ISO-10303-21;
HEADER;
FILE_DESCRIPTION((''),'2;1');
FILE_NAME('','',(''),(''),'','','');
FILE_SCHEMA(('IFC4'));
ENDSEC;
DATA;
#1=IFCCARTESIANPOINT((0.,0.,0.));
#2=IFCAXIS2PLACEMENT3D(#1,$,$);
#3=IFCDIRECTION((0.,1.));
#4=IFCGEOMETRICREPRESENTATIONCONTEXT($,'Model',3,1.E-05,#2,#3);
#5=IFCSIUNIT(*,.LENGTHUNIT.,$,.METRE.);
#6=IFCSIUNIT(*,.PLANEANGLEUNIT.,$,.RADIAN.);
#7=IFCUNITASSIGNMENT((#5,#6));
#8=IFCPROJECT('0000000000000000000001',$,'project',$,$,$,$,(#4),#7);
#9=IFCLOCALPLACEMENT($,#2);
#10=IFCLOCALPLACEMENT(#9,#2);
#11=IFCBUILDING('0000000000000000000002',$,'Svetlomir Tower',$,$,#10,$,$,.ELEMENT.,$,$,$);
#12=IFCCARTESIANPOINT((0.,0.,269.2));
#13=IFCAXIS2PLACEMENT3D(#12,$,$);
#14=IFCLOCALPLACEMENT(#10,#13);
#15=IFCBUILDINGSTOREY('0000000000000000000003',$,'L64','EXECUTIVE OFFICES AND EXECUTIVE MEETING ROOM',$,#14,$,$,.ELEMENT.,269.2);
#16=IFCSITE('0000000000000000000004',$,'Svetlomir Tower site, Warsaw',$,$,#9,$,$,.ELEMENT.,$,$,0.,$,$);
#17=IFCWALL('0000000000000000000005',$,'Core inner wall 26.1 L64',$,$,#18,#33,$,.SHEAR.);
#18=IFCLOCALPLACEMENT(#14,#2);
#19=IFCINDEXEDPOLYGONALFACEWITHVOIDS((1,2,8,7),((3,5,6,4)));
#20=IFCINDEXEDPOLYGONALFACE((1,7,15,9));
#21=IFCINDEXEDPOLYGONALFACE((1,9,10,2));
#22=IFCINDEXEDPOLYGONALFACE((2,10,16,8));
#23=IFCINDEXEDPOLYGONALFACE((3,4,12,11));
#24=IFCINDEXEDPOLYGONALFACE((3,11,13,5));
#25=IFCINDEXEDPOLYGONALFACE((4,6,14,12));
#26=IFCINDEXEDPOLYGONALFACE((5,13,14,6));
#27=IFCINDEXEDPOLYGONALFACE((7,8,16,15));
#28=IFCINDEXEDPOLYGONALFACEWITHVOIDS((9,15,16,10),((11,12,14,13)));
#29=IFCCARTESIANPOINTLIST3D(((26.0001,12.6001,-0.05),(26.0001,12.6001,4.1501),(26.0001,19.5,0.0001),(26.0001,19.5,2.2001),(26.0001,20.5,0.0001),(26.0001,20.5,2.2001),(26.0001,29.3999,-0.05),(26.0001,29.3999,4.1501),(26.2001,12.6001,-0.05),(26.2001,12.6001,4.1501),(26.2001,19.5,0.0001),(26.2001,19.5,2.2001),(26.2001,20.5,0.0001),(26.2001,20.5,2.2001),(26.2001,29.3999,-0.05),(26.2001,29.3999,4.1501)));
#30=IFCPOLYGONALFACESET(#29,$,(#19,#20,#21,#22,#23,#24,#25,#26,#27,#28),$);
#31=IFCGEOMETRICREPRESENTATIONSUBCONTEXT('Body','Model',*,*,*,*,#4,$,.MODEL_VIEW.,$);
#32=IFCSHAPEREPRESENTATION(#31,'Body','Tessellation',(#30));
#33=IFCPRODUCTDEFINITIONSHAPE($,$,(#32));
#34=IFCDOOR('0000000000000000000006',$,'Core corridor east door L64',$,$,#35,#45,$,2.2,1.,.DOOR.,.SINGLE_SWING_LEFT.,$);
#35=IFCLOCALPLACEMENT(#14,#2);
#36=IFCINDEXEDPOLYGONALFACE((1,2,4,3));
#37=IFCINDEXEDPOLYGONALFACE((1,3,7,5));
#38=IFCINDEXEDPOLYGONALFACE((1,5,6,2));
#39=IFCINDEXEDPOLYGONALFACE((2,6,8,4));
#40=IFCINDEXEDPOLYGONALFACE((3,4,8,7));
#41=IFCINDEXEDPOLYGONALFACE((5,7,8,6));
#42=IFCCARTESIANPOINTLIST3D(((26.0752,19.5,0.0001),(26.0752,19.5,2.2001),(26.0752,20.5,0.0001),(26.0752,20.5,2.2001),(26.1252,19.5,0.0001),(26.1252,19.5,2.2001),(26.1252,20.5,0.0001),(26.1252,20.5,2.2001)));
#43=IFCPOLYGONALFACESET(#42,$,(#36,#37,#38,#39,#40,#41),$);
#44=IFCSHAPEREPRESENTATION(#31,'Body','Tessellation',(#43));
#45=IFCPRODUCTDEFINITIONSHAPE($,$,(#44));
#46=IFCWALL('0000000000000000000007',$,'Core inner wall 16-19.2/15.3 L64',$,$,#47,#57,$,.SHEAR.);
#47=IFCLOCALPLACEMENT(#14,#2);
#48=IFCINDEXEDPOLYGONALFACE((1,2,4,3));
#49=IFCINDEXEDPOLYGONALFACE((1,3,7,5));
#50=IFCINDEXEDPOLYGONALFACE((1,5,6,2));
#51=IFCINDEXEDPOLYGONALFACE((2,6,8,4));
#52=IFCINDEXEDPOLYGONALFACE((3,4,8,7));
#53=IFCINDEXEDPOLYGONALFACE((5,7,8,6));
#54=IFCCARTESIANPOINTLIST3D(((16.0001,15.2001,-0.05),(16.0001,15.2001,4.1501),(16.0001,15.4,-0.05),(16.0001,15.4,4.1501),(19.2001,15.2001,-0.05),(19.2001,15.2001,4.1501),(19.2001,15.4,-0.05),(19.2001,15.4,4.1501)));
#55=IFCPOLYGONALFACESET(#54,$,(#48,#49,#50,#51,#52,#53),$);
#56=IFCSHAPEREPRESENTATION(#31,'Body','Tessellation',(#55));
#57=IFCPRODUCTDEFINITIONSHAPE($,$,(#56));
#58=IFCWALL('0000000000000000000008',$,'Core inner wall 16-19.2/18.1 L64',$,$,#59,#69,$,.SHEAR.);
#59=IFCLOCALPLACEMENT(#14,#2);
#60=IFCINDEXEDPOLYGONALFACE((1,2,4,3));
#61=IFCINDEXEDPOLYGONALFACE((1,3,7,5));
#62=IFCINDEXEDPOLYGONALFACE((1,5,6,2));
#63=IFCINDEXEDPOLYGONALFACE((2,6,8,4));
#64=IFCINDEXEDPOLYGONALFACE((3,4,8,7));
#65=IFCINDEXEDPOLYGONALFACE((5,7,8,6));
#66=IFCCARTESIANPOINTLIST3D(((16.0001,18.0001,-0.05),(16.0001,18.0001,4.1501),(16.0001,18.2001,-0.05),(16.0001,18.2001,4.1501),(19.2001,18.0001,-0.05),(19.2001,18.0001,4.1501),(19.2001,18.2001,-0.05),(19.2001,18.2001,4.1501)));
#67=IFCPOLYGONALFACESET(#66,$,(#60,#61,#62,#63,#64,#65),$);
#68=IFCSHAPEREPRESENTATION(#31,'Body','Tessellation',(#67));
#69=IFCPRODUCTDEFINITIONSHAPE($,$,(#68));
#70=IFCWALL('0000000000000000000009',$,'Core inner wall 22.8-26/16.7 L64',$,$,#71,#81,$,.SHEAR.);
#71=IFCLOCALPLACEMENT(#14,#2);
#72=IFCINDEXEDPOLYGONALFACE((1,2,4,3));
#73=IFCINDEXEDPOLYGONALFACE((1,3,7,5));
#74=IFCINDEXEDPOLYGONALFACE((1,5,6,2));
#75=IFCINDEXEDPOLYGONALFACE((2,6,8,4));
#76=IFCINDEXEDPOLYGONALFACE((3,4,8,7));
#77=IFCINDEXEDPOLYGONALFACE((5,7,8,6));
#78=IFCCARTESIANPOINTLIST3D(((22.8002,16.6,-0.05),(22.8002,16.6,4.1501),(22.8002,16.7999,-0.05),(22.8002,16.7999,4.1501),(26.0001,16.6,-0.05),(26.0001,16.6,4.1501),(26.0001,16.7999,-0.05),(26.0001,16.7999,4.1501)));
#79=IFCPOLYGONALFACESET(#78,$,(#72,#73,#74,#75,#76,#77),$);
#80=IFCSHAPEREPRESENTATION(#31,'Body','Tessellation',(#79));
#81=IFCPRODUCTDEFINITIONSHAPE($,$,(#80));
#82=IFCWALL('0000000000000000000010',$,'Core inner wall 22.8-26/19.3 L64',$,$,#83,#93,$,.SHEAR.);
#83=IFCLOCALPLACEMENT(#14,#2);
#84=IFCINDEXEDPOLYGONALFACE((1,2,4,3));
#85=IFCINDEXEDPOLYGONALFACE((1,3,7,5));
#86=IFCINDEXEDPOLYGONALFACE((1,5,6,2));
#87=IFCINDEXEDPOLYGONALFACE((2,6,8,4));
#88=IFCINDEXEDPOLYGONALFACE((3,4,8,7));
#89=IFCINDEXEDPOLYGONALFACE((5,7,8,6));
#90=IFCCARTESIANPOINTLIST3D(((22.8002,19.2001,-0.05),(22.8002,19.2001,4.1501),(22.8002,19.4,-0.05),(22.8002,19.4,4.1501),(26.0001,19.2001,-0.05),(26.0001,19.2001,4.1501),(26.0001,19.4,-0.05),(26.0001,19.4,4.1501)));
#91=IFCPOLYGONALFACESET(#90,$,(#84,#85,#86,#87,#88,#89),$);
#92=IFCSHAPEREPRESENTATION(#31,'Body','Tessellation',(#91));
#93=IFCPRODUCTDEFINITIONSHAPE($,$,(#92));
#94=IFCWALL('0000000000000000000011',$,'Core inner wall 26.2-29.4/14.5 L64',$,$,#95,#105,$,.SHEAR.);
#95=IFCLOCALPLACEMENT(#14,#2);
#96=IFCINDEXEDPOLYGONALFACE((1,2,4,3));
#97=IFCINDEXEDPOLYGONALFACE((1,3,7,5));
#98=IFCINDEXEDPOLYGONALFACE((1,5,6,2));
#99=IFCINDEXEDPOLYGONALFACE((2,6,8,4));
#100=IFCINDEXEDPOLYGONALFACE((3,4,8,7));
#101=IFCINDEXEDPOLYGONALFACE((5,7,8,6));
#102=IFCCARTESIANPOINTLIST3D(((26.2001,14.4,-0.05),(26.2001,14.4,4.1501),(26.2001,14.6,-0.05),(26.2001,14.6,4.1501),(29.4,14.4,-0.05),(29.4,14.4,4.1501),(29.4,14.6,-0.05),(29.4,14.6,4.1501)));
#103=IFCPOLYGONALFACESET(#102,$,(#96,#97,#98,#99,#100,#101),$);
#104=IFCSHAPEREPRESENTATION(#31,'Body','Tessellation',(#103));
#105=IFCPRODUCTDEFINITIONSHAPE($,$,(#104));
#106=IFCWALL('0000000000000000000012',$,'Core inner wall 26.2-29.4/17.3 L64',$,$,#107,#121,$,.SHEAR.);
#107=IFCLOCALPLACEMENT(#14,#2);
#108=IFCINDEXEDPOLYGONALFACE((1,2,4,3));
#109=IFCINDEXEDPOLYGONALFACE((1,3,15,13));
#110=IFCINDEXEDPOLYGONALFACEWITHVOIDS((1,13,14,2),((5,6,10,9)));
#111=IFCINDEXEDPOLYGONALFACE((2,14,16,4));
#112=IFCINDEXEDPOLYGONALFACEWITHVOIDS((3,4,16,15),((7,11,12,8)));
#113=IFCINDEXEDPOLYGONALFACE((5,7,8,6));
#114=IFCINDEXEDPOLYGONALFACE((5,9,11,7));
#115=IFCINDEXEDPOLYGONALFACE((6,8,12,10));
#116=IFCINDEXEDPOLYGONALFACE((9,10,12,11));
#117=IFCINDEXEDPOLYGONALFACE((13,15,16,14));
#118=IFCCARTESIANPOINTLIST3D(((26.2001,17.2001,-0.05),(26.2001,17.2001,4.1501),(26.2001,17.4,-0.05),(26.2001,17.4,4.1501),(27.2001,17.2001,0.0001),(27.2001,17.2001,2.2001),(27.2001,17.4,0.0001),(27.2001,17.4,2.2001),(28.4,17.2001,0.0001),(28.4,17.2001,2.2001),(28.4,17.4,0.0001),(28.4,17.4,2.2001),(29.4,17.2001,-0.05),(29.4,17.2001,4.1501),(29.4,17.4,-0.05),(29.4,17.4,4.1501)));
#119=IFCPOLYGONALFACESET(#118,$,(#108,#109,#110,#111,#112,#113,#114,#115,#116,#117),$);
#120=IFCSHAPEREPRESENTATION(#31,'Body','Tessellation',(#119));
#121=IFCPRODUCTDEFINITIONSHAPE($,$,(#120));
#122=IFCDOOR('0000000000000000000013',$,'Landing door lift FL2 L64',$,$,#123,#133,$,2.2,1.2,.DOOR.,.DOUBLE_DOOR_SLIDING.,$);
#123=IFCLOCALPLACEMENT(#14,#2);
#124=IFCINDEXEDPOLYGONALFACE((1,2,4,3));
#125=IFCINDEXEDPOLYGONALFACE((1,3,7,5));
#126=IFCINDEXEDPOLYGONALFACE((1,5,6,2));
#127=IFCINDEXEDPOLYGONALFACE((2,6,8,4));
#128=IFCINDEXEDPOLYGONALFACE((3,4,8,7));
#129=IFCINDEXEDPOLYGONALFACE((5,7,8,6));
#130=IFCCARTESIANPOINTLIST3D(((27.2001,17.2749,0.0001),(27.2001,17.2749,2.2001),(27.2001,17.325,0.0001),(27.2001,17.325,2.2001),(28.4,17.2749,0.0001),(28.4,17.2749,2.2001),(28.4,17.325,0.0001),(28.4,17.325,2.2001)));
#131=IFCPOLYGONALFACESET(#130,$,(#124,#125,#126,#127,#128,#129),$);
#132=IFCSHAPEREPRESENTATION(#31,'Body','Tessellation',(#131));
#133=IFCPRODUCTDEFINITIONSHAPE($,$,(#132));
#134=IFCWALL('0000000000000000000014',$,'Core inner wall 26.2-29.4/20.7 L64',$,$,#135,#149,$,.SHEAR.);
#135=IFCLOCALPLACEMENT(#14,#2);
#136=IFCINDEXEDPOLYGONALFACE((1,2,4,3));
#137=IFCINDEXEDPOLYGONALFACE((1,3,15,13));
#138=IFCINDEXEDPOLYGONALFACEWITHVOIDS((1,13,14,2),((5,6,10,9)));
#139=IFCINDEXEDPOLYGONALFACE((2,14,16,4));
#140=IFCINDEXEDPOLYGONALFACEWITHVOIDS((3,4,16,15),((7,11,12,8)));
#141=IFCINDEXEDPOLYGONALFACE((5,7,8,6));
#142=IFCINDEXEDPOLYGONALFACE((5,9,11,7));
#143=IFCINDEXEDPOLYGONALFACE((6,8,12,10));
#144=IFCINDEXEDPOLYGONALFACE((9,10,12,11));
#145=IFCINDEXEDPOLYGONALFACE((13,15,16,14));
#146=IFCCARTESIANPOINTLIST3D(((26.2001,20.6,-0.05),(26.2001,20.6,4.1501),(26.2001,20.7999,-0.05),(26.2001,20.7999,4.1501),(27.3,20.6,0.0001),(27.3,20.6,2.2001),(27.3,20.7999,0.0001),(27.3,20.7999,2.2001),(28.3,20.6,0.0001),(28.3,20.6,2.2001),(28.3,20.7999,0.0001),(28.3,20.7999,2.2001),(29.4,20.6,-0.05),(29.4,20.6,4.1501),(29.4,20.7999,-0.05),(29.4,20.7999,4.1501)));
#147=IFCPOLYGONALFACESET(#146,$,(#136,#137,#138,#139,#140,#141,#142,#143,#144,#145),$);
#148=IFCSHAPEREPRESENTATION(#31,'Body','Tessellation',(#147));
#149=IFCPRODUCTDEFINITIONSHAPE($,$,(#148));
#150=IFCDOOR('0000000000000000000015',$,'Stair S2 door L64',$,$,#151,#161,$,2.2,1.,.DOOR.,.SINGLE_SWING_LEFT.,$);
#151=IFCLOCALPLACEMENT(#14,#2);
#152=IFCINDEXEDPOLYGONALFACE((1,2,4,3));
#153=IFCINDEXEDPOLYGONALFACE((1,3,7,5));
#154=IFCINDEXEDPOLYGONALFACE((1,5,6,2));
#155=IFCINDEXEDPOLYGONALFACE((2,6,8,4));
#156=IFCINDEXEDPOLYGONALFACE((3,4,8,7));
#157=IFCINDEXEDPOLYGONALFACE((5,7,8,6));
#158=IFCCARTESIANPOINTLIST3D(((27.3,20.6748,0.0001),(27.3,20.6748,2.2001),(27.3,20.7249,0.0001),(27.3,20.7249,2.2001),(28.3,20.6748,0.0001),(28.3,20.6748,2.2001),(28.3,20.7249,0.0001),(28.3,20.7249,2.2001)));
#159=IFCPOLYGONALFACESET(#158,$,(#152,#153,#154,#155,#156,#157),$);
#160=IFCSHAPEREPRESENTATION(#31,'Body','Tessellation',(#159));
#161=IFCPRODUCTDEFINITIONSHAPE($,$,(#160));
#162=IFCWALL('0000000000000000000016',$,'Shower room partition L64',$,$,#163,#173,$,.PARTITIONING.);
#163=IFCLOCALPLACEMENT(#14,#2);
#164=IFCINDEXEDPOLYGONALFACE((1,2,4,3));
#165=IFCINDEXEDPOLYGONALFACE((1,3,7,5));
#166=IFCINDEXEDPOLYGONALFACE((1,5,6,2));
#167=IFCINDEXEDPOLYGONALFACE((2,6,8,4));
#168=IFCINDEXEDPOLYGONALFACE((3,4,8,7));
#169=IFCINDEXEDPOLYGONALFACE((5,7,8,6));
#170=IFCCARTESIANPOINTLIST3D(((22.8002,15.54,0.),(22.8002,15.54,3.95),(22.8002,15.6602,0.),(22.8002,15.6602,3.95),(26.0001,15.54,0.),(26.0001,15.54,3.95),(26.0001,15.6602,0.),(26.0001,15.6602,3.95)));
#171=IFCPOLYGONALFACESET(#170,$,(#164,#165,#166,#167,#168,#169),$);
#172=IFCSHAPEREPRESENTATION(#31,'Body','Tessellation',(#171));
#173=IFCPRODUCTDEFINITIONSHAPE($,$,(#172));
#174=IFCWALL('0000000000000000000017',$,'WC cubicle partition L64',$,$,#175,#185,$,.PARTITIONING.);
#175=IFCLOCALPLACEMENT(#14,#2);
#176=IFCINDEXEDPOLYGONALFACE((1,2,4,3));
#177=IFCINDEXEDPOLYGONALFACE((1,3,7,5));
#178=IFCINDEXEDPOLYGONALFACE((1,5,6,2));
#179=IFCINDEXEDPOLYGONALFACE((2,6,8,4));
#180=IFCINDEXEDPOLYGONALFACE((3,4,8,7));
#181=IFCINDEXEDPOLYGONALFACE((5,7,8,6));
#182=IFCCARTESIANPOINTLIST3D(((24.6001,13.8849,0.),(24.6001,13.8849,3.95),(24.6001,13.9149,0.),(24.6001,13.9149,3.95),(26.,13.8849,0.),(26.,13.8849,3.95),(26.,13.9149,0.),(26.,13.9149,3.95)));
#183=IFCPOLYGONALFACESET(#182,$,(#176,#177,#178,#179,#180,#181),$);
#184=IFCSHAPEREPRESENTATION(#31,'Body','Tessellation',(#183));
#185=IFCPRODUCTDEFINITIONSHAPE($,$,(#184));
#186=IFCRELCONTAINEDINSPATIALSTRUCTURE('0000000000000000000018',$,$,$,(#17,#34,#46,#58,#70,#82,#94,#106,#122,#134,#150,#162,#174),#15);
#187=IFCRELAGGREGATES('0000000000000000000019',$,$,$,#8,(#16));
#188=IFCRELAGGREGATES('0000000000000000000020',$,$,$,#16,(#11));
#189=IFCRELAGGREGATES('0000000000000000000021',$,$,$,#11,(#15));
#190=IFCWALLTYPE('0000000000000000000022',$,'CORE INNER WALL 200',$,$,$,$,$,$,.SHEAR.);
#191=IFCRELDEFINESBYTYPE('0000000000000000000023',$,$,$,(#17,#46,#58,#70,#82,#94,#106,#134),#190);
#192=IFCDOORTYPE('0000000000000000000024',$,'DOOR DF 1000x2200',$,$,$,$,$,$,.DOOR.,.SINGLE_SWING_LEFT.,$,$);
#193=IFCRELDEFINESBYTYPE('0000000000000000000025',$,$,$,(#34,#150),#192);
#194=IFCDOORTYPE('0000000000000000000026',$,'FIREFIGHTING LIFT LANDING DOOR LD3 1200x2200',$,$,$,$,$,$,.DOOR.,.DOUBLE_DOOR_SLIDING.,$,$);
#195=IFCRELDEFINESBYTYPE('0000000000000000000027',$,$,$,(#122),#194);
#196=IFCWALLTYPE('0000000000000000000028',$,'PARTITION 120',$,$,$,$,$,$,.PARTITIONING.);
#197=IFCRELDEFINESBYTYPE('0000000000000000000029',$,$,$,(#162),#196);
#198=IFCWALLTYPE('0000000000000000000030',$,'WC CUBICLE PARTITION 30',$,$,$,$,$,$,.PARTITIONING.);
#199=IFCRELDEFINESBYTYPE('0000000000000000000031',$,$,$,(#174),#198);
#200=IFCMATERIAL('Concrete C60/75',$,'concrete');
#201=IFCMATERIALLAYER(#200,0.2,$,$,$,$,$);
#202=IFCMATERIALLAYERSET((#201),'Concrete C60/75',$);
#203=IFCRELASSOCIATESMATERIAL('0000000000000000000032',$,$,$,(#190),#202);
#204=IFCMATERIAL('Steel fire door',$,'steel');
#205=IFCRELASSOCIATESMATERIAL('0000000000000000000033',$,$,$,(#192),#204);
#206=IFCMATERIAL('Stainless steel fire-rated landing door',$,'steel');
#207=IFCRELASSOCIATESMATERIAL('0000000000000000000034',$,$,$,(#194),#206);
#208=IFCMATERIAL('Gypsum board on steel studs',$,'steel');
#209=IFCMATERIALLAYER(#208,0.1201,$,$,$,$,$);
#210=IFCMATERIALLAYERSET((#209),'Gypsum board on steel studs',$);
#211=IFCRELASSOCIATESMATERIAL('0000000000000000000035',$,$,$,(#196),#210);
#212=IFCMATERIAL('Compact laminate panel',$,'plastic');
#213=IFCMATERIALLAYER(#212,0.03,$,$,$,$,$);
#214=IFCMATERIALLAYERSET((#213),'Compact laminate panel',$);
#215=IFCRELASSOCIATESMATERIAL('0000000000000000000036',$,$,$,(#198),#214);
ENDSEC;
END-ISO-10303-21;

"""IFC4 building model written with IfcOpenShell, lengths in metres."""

from ifc_helpers import new_model, si_unit, direction, frame, frame_2d, origin, place, context, subcontext, project, spatial, rectangle, extrude, material, layer, layer_set, type_object, element, fill, save


model = new_model("IFC4")

# Units and contexts
model_context = context("Model", 3, precision=1e-05, world=origin(), true_north=direction((0.0, 1.0)))
body_context = subcontext(model_context, "Body", "Model", "MODEL_VIEW")
ifc_project = project(units=[si_unit("LENGTHUNIT", "METRE"), si_unit("PLANEANGLEUNIT", "RADIAN")], contexts=[model_context])

# Site, building, storey
site_placement = place(None, origin())
site = spatial("IfcSite", under=ifc_project, at=site_placement, Name="Svetlomir Tower site, Warsaw", CompositionType="ELEMENT", RefElevation=0.0)
building_placement = place(site_placement, origin())
building = spatial("IfcBuilding", under=site, at=building_placement, Name="Svetlomir Tower", CompositionType="ELEMENT")
storey_placement = place(building_placement, frame((0.0, 0.0, 269.2)))
storey = spatial("IfcBuildingStorey", under=building, at=storey_placement, Name="L64", Description="EXECUTIVE OFFICES AND EXECUTIVE MEETING ROOM", CompositionType="ELEMENT", Elevation=269.2)

# Shared definitions
ifc_material_1 = material(Name="Concrete C60/75", Category="concrete")
ifc_layer_1 = layer(ifc_material_1, 0.2)
ifc_layer_set_1 = layer_set([ifc_layer_1], Name="Concrete C60/75")
wall_type_1 = type_object("IfcWallType", Name="CORE INNER WALL 200", PredefinedType="SHEAR", material=ifc_layer_set_1)

# Wall, opening, door
wall_1_placement = place(storey_placement, frame((26.1001, 12.6001, -0.05), z_axis=(0.0, 0.0, 1.0), x_axis=(0.0, 1.0, 0.0)))
wall_1 = element("IfcWall", 1, at=wall_1_placement, inside=storey, type_object=wall_type_1, Name="Core inner wall 26.1 L64", PredefinedType="SHEAR", context=body_context, shape_type="SweptSolid", body=[
    extrude(rectangle(XDim=16.7998, YDim=0.2, at=frame_2d((8.3999, 0.0))), origin(), (0.0, 0.0, 1.0), 4.2002),
])
opening_1_placement = place(wall_1_placement, frame((6.8999, 0.0, 0.05)))
opening_1 = element("IfcOpeningElement", 2, at=opening_1_placement, cuts=wall_1, PredefinedType="OPENING", context=body_context, shape_type="SweptSolid", body=[
    extrude(rectangle(XDim=1.0, YDim=2.2, at=frame_2d((0.5, 1.1001))), frame((0.0, 0.1099, 0.0), z_axis=(0.0, -1.0, 0.0), x_axis=(1.0, 0.0, 0.0)), (0.0, 0.0, 1.0), 0.22),
])
ifc_material_2 = material(Name="Steel fire door", Category="steel")
door_type_1 = type_object("IfcDoorType", Name="DOOR DF 1000x2200", OperationType="SINGLE_SWING_LEFT", PredefinedType="DOOR", material=ifc_material_2)
door_1_placement = place(opening_1_placement, origin())
door_1 = element("IfcDoor", 3, at=door_1_placement, inside=storey, type_object=door_type_1, Name="Core corridor east door L64", OperationType="SINGLE_SWING_LEFT", OverallHeight=2.2, OverallWidth=1.0, PredefinedType="DOOR", context=body_context, shape_type="SweptSolid", body=[
    extrude(rectangle(XDim=1.0, YDim=2.2, at=frame_2d((0.5, 1.1001))), frame((0.0, 0.0249, 0.0), z_axis=(0.0, -1.0, 0.0), x_axis=(1.0, 0.0, 0.0)), (0.0, 0.0, 1.0), 0.05),
])
fill(opening_1, door_1)

# Walls
for number, where, z_axis, x_axis, name in (
    (4, (16.0, 15.3, -0.05), (0.0, 0.0, 1.0), (1.0, 0.0, 0.0), "Core inner wall 16-19.2/15.3 L64"),
    (5, (16.0, 18.1001, -0.05), (0.0, 0.0, 1.0), (1.0, 0.0, 0.0), "Core inner wall 16-19.2/18.1 L64"),
    (6, (22.8, 16.7, -0.05), (0.0, 0.0, 1.0), (1.0, 0.0, 0.0), "Core inner wall 22.8-26/16.7 L64"),
    (7, (22.8, 19.3, -0.05), (0.0, 0.0, 1.0), (1.0, 0.0, 0.0), "Core inner wall 22.8-26/19.3 L64"),
    (8, (26.2, 14.5, -0.05), (0.0, 0.0, 1.0), (1.0, 0.0, 0.0), "Core inner wall 26.2-29.4/14.5 L64"),
):
    element("IfcWall", number, at=place(storey_placement, frame(where, z_axis=z_axis, x_axis=x_axis)), inside=storey, type_object=wall_type_1, Name=name, PredefinedType="SHEAR", context=body_context, shape_type="SweptSolid", body=[
        extrude(rectangle(XDim=3.2, YDim=0.2, at=frame_2d((1.6001, 0.0))), origin(), (0.0, 0.0, 1.0), 4.2002),
    ])

# Walls, openings, doors
wall_2_placement = place(storey_placement, frame((26.2, 17.3, -0.05), z_axis=(0.0, 0.0, 1.0), x_axis=(1.0, 0.0, 0.0)))
wall_2 = element("IfcWall", 9, at=wall_2_placement, inside=storey, type_object=wall_type_1, Name="Core inner wall 26.2-29.4/17.3 L64", PredefinedType="SHEAR", context=body_context, shape_type="SweptSolid", body=[
    extrude(rectangle(XDim=3.2, YDim=0.2, at=frame_2d((1.6001, 0.0))), origin(), (0.0, 0.0, 1.0), 4.2002),
])
opening_2_placement = place(wall_2_placement, frame((1.0, 0.0, 0.05)))
opening_2 = element("IfcOpeningElement", 10, at=opening_2_placement, cuts=wall_2, PredefinedType="OPENING", context=body_context, shape_type="SweptSolid", body=[
    extrude(rectangle(XDim=1.2, YDim=2.2, at=frame_2d((0.6001, 1.1001))), frame((0.0, 0.1099, 0.0), z_axis=(0.0, -1.0, 0.0), x_axis=(1.0, 0.0, 0.0)), (0.0, 0.0, 1.0), 0.22),
])
ifc_material_3 = material(Name="Stainless steel fire-rated landing door", Category="steel")
door_type_2 = type_object("IfcDoorType", Name="FIREFIGHTING LIFT LANDING DOOR LD3 1200x2200", OperationType="DOUBLE_DOOR_SLIDING", PredefinedType="DOOR", material=ifc_material_3)
door_2_placement = place(opening_2_placement, origin())
door_2 = element("IfcDoor", 11, at=door_2_placement, inside=storey, type_object=door_type_2, Name="Landing door lift FL2 L64", OperationType="DOUBLE_DOOR_SLIDING", OverallHeight=2.2, OverallWidth=1.2, PredefinedType="DOOR", context=body_context, shape_type="SweptSolid", body=[
    extrude(rectangle(XDim=1.2, YDim=2.2, at=frame_2d((0.6001, 1.1001))), frame((0.0, 0.0249, 0.0), z_axis=(0.0, -1.0, 0.0), x_axis=(1.0, 0.0, 0.0)), (0.0, 0.0, 1.0), 0.05),
])
fill(opening_2, door_2)
wall_3_placement = place(storey_placement, frame((26.2, 20.7, -0.05), z_axis=(0.0, 0.0, 1.0), x_axis=(1.0, 0.0, 0.0)))
wall_3 = element("IfcWall", 12, at=wall_3_placement, inside=storey, type_object=wall_type_1, Name="Core inner wall 26.2-29.4/20.7 L64", PredefinedType="SHEAR", context=body_context, shape_type="SweptSolid", body=[
    extrude(rectangle(XDim=3.2, YDim=0.2, at=frame_2d((1.6001, 0.0))), origin(), (0.0, 0.0, 1.0), 4.2002),
])
opening_3_placement = place(wall_3_placement, frame((1.1001, 0.0, 0.05)))
opening_3 = element("IfcOpeningElement", 13, at=opening_3_placement, cuts=wall_3, PredefinedType="OPENING", context=body_context, shape_type="SweptSolid", body=[
    extrude(rectangle(XDim=1.0, YDim=2.2, at=frame_2d((0.5, 1.1001))), frame((0.0, 0.1099, 0.0), z_axis=(0.0, -1.0, 0.0), x_axis=(1.0, 0.0, 0.0)), (0.0, 0.0, 1.0), 0.22),
])
door_3_placement = place(opening_3_placement, origin())
door_3 = element("IfcDoor", 14, at=door_3_placement, inside=storey, type_object=door_type_1, Name="Stair S2 door L64", OperationType="SINGLE_SWING_LEFT", OverallHeight=2.2, OverallWidth=1.0, PredefinedType="DOOR", context=body_context, shape_type="SweptSolid", body=[
    extrude(rectangle(XDim=1.0, YDim=2.2, at=frame_2d((0.5, 1.1001))), frame((0.0, 0.0249, 0.0), z_axis=(0.0, -1.0, 0.0), x_axis=(1.0, 0.0, 0.0)), (0.0, 0.0, 1.0), 0.05),
])
fill(opening_3, door_3)

# Walls
ifc_material_4 = material(Name="Gypsum board on steel studs", Category="steel")
ifc_layer_2 = layer(ifc_material_4, 0.1201)
ifc_layer_set_2 = layer_set([ifc_layer_2], Name="Gypsum board on steel studs")
wall_type_2 = type_object("IfcWallType", Name="PARTITION 120", PredefinedType="PARTITIONING", material=ifc_layer_set_2)
wall_4_placement = place(storey_placement, frame((22.8, 15.6001, 0.0), z_axis=(0.0, 0.0, 1.0), x_axis=(1.0, 0.0, 0.0)))
element("IfcWall", 15, at=wall_4_placement, inside=storey, type_object=wall_type_2, Name="Shower room partition L64", PredefinedType="PARTITIONING", context=body_context, shape_type="SweptSolid", body=[
    extrude(rectangle(XDim=3.2, YDim=0.1201, at=frame_2d((1.6001, 0.0))), origin(), (0.0, 0.0, 1.0), 3.95),
])
ifc_material_5 = material(Name="Compact laminate panel", Category="plastic")
ifc_layer_3 = layer(ifc_material_5, 0.03)
ifc_layer_set_3 = layer_set([ifc_layer_3], Name="Compact laminate panel")
wall_type_3 = type_object("IfcWallType", Name="WC CUBICLE PARTITION 30", PredefinedType="PARTITIONING", material=ifc_layer_set_3)
wall_5_placement = place(storey_placement, frame((24.6001, 13.8999, 0.0), z_axis=(0.0, 0.0, 1.0), x_axis=(1.0, 0.0, 0.0)))
element("IfcWall", 16, at=wall_5_placement, inside=storey, type_object=wall_type_3, Name="WC cubicle partition L64", PredefinedType="PARTITIONING", context=body_context, shape_type="SweptSolid", body=[
    extrude(rectangle(XDim=1.3999, YDim=0.03, at=frame_2d((0.7, 0.0))), origin(), (0.0, 0.0, 1.0), 3.95),
])

save(model, "model.ifc")
